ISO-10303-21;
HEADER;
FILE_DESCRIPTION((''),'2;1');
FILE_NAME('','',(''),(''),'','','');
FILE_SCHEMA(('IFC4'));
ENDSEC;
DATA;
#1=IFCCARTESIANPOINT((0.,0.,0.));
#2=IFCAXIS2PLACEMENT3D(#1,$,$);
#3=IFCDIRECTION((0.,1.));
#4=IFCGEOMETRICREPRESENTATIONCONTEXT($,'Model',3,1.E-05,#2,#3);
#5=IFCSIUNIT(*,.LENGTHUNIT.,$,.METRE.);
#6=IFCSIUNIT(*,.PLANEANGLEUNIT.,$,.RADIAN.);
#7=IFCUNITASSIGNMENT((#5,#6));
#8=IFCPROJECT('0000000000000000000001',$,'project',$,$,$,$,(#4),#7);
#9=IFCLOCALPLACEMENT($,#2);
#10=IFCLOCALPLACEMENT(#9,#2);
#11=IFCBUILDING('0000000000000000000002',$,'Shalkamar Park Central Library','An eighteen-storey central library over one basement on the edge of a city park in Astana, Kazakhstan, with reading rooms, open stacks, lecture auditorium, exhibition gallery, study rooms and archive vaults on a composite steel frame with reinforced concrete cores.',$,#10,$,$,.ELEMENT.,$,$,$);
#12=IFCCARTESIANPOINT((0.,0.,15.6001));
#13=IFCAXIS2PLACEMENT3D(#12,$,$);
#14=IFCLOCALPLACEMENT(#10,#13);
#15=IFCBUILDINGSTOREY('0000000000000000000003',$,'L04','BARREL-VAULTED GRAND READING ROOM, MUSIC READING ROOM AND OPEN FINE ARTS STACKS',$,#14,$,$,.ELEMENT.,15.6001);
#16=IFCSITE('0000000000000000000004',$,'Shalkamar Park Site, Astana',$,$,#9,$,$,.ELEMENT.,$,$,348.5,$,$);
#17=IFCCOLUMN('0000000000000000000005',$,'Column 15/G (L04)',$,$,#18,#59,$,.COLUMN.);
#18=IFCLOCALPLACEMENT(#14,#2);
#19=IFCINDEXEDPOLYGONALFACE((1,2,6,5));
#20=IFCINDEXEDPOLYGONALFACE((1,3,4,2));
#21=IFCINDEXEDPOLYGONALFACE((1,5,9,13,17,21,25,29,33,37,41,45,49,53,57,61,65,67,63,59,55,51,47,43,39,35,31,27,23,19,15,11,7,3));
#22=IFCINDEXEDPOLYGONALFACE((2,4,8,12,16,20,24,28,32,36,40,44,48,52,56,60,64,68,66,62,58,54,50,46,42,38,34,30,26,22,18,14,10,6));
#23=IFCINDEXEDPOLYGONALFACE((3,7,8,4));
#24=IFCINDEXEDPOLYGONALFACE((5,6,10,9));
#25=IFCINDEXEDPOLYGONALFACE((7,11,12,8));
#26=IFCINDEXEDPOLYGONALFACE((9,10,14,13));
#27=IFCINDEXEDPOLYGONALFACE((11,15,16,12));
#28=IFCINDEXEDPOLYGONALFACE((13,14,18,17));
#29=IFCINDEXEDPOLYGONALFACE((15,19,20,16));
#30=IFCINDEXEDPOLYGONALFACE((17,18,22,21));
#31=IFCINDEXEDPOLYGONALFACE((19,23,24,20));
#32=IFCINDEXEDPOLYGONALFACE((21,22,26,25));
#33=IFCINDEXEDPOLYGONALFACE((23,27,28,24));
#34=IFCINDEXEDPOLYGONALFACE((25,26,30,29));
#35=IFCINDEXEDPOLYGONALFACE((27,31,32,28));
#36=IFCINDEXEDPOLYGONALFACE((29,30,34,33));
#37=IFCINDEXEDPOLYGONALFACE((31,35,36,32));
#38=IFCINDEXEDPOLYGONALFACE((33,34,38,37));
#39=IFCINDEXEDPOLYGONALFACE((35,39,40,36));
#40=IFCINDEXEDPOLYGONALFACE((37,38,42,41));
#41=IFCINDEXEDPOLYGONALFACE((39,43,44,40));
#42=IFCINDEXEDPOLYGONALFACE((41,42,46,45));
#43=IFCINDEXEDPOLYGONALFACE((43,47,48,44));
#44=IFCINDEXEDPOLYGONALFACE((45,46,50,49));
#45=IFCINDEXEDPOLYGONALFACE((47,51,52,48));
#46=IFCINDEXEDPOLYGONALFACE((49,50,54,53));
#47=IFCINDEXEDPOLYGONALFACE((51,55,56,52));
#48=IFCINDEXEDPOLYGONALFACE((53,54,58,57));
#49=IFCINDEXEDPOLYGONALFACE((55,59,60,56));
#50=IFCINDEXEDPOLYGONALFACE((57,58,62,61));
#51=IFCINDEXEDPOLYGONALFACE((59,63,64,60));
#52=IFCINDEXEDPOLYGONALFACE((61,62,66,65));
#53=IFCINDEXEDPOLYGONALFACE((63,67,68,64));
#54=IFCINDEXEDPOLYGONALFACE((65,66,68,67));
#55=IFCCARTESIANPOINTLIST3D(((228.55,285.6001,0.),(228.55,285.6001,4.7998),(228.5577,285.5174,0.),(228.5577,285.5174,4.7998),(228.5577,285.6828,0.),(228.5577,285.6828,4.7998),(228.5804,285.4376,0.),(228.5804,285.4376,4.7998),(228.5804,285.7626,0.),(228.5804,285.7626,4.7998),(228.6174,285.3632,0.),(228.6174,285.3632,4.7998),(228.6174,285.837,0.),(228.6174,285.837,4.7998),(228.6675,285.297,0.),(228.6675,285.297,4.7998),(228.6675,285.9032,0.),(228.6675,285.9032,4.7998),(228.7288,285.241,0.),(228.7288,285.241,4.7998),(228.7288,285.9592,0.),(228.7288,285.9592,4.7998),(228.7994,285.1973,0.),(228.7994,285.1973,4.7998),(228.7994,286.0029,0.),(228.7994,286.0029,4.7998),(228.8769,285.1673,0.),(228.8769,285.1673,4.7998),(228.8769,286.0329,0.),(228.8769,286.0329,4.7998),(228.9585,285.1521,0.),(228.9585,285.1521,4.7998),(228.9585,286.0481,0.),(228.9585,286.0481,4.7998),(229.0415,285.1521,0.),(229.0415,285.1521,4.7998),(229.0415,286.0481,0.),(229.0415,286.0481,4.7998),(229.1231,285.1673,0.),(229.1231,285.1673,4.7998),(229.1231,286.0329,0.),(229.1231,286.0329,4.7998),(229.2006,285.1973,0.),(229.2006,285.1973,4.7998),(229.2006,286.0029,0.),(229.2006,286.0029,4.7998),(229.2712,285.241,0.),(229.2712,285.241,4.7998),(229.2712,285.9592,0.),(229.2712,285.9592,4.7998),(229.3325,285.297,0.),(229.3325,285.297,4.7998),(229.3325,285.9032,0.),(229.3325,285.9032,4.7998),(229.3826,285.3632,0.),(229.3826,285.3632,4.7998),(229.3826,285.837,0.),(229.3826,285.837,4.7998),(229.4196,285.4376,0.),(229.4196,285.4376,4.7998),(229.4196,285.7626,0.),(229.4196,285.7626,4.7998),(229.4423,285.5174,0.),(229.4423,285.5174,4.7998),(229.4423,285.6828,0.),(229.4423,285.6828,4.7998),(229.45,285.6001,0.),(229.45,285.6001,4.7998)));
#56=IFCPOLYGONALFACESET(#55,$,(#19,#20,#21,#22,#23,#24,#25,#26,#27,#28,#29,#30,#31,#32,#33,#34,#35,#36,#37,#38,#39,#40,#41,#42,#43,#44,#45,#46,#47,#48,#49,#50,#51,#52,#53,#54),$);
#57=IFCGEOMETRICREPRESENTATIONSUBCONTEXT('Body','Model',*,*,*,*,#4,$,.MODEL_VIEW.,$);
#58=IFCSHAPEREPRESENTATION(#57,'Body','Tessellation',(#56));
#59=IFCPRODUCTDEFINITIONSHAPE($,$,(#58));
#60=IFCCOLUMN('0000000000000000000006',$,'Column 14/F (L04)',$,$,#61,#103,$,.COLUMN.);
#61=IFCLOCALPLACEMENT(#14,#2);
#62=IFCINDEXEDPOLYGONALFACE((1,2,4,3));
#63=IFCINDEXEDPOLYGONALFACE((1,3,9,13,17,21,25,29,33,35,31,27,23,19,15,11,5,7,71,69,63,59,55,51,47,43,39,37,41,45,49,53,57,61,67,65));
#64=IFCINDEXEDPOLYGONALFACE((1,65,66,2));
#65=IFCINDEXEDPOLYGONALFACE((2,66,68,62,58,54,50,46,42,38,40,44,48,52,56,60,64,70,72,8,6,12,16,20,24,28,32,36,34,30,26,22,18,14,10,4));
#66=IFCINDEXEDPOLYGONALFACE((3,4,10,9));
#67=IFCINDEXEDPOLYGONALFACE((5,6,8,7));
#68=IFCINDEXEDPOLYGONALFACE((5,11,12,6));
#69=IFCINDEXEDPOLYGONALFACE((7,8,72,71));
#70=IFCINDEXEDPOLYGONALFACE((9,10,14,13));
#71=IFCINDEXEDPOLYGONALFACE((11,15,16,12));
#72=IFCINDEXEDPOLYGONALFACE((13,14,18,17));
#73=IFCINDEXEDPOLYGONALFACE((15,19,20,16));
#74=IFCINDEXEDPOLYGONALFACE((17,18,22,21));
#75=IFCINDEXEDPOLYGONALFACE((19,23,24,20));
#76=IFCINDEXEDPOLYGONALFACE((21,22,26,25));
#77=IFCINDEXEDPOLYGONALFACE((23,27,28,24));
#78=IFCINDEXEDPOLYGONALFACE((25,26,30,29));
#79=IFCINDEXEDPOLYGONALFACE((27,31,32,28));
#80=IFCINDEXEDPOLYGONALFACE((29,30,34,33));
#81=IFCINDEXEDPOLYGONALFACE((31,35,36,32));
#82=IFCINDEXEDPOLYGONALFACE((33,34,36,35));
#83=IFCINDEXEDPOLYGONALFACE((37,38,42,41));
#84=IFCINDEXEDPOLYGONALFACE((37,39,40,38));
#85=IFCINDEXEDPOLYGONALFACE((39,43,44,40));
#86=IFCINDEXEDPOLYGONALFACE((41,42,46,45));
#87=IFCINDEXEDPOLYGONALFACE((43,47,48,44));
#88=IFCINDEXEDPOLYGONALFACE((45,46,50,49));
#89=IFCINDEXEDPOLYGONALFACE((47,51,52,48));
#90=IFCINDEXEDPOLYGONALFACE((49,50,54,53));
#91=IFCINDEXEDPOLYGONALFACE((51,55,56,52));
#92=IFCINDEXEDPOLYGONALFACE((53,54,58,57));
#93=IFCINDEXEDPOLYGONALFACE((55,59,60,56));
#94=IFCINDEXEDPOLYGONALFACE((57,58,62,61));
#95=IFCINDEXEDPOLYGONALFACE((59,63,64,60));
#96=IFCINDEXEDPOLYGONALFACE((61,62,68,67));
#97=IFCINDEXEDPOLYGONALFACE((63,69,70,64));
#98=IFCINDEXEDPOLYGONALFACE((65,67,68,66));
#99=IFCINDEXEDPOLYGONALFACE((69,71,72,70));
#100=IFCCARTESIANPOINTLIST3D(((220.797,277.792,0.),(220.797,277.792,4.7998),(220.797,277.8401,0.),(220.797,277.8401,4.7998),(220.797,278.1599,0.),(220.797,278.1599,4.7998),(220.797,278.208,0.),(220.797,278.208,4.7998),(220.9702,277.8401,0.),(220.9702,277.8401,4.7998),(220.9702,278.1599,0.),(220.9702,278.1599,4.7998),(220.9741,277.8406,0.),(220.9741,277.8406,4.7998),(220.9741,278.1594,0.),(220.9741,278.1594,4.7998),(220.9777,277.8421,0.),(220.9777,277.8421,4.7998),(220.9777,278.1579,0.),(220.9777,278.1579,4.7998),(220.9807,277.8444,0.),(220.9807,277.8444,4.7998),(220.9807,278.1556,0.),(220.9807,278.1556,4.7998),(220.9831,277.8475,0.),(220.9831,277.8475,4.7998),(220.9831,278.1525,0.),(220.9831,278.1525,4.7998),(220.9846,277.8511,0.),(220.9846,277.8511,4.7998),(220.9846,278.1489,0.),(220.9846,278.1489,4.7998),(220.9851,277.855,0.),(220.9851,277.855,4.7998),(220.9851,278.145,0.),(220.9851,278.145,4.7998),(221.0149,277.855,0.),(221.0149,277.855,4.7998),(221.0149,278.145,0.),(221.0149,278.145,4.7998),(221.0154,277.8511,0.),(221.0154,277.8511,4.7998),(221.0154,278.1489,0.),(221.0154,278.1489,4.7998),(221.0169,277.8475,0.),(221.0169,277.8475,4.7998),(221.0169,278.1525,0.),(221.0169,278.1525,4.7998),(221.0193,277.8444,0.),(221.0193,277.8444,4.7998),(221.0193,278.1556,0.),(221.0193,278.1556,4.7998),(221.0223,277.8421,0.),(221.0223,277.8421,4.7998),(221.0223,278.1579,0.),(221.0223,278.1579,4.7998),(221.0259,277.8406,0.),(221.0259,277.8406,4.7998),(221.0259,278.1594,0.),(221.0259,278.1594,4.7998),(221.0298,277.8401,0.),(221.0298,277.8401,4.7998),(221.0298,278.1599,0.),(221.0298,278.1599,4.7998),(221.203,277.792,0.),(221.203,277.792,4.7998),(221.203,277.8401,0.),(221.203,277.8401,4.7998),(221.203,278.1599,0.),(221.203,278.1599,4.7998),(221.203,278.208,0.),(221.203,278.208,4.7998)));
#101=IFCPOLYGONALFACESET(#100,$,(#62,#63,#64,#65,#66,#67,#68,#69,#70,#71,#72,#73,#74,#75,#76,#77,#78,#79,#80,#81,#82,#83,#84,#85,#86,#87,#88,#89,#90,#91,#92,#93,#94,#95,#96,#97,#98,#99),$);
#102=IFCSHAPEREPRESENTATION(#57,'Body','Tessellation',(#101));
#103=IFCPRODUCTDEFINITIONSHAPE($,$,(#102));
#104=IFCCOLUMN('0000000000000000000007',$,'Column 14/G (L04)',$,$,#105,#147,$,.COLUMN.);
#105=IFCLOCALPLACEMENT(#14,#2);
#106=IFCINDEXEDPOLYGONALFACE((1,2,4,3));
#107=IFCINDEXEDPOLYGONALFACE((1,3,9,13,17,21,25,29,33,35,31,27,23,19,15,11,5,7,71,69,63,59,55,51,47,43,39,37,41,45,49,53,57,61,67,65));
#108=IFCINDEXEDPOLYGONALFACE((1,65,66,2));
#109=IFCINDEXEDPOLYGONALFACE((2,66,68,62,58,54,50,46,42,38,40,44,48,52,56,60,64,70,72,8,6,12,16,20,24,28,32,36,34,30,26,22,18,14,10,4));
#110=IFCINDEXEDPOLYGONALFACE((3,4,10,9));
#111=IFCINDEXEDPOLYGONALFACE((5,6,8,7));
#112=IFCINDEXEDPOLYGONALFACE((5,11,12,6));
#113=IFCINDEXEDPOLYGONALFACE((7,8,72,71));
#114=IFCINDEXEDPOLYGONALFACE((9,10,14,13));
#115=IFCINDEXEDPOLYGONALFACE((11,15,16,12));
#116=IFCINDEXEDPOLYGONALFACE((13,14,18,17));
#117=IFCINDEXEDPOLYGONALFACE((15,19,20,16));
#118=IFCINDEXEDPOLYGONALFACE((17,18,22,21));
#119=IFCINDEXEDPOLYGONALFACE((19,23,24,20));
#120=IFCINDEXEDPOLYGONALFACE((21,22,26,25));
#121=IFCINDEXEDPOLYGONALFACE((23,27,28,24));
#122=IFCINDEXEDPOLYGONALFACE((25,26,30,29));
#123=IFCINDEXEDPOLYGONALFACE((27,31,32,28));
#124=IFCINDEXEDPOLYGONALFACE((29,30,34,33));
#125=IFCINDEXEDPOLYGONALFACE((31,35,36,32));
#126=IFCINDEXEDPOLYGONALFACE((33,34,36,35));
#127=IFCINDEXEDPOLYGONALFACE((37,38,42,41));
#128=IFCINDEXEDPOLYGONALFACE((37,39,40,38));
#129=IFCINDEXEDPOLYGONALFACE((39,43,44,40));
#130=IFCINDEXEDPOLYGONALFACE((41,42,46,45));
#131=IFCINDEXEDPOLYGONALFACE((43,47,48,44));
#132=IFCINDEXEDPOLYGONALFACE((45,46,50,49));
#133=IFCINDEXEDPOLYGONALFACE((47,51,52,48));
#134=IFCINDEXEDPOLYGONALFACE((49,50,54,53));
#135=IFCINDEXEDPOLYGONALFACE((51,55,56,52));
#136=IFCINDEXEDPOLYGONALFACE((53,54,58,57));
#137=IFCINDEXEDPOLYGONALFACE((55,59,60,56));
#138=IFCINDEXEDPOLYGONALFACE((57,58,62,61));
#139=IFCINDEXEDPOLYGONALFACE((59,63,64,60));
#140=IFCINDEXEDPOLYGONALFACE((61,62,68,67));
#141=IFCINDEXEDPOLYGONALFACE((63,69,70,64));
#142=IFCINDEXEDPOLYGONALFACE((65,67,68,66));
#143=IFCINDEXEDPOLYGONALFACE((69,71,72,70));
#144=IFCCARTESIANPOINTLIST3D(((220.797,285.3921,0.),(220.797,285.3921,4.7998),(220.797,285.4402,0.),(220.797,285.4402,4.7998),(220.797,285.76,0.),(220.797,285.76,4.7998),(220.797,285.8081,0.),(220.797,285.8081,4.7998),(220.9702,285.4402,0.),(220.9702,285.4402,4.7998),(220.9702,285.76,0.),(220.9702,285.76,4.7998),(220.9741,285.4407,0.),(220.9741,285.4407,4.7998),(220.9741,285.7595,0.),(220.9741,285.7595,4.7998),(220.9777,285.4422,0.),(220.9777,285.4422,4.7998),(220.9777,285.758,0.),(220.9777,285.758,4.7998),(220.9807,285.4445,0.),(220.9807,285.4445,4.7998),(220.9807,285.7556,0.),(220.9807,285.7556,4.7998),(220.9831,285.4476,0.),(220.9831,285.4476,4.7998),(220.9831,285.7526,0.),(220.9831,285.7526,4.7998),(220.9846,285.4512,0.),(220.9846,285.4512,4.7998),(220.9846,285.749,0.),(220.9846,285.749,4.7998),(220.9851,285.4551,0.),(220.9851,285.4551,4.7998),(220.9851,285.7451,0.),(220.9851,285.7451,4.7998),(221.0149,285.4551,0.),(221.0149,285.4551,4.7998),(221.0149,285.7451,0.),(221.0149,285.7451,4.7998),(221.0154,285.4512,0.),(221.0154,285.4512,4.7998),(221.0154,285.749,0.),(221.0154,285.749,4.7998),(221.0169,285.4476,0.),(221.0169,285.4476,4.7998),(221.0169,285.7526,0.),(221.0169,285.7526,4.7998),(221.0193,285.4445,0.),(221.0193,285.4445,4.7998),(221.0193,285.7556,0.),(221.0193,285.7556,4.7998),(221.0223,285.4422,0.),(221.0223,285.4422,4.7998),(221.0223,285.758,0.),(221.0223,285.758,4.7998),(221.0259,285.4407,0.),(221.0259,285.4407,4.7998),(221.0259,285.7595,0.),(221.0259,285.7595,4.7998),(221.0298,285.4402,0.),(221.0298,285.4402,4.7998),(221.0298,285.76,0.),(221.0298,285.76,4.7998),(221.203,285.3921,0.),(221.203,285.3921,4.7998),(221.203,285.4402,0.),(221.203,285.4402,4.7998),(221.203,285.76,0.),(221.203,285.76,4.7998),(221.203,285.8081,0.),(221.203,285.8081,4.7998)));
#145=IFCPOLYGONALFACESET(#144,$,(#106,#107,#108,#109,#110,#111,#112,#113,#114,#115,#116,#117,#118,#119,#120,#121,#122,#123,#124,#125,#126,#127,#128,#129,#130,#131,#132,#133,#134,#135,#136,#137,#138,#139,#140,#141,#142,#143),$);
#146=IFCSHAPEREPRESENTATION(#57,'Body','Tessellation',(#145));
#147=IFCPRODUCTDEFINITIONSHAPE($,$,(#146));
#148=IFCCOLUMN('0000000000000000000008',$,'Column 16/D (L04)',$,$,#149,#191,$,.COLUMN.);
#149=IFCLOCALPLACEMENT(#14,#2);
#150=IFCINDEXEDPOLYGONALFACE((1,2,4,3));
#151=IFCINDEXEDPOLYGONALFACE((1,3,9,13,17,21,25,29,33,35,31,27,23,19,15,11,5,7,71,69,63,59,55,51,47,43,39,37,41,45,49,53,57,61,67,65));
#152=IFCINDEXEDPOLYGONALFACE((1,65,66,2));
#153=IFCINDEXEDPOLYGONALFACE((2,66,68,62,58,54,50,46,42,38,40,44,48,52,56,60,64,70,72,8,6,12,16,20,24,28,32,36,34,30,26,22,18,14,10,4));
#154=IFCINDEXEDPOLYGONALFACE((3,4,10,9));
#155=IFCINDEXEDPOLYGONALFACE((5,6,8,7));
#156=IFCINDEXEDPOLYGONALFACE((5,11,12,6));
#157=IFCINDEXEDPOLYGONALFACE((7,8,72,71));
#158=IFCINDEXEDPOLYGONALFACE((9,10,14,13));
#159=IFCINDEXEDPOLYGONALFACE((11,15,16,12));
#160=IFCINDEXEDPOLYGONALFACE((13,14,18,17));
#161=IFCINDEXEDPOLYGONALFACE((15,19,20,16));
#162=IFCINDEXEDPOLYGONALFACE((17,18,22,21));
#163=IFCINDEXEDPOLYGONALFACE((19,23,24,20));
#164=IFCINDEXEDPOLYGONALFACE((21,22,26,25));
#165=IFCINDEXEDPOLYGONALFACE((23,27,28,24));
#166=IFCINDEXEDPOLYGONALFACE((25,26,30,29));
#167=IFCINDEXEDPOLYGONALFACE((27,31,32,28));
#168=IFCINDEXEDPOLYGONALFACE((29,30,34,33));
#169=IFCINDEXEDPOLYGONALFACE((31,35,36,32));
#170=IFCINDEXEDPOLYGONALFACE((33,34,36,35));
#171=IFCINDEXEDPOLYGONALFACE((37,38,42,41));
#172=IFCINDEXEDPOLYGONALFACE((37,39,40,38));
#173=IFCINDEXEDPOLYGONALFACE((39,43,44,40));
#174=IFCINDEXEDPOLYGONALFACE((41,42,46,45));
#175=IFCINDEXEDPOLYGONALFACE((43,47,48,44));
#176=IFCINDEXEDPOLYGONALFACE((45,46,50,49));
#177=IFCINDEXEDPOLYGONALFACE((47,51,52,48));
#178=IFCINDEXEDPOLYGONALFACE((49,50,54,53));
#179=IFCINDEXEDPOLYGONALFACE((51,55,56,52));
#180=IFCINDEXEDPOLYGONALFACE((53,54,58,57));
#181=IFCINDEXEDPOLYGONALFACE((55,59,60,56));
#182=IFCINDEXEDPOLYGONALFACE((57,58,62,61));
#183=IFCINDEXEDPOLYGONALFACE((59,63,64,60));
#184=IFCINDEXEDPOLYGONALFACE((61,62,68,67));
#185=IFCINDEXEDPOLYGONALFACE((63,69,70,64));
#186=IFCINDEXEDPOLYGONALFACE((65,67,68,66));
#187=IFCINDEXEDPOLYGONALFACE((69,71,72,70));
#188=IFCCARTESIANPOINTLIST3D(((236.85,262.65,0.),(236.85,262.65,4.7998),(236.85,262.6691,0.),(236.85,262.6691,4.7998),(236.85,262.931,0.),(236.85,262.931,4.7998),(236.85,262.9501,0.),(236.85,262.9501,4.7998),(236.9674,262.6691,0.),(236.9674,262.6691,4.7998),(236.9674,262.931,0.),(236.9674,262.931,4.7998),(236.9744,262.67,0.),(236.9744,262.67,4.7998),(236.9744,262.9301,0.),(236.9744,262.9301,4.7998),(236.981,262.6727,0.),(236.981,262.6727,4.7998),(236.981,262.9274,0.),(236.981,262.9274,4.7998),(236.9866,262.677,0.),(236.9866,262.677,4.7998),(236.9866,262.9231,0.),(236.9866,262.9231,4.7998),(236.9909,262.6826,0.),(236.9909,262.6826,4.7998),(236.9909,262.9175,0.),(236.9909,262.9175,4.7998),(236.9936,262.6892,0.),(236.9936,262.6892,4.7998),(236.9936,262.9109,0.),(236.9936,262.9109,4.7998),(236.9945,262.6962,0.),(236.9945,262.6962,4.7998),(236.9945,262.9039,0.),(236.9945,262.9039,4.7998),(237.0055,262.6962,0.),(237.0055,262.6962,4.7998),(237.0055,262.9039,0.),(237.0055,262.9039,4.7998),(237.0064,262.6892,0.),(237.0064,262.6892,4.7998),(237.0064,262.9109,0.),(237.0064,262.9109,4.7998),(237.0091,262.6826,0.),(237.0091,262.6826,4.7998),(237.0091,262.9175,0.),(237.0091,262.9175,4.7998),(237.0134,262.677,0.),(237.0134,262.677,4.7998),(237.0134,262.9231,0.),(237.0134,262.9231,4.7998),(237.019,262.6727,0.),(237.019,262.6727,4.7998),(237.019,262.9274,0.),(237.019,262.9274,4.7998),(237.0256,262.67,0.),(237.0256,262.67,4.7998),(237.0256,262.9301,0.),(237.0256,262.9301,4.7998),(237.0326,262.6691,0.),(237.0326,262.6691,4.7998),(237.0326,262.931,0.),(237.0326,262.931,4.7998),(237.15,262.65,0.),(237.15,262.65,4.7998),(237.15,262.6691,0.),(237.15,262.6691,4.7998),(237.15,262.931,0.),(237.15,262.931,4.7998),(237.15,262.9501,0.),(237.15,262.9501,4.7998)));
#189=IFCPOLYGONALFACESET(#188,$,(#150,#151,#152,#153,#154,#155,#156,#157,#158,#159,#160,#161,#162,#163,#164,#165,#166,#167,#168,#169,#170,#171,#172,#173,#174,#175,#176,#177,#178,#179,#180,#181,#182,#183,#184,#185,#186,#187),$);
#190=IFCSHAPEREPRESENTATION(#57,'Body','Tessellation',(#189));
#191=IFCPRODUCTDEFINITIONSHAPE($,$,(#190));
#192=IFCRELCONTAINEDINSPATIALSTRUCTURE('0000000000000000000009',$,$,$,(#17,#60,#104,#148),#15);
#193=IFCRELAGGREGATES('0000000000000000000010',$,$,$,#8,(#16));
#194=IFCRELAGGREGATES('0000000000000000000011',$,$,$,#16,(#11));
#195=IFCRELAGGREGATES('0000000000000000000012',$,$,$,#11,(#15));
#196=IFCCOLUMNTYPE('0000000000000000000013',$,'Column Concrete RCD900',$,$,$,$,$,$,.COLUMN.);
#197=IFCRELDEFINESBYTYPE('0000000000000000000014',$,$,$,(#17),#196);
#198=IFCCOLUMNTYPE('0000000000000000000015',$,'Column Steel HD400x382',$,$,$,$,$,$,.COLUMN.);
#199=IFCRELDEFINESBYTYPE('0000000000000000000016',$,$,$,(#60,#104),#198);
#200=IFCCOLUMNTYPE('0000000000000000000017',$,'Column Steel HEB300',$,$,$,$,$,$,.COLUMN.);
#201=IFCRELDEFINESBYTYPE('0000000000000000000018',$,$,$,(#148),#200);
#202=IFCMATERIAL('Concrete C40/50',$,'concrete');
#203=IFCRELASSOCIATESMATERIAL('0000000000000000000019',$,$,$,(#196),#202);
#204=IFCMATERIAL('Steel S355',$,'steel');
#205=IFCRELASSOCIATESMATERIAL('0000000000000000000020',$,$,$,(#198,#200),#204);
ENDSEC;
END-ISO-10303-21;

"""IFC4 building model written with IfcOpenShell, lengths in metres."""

from ifc_helpers import new_model, si_unit, direction, frame, origin, origin_2d, place, context, subcontext, project, spatial, circle, i_section, extrude, material, material_profile, profile_set, type_object, element, save


model = new_model("IFC4")

# Units and contexts
model_context = context("Model", 3, precision=1e-05, world=origin(), true_north=direction((0.0, 1.0)))
body_context = subcontext(model_context, "Body", "Model", "MODEL_VIEW")
ifc_project = project(units=[si_unit("LENGTHUNIT", "METRE"), si_unit("PLANEANGLEUNIT", "RADIAN")], contexts=[model_context])

# Site, building, storey
site_placement = place(None, origin())
site = spatial("IfcSite", under=ifc_project, at=site_placement, Name="Shalkamar Park Site, Astana", CompositionType="ELEMENT", RefElevation=348.5)
building_placement = place(site_placement, origin())
building = spatial("IfcBuilding", under=site, at=building_placement, Name="Shalkamar Park Central Library", Description="An eighteen-storey central library over one basement on the edge of a city park in Astana, Kazakhstan, with reading rooms, open stacks, lecture auditorium, exhibition gallery, study rooms and archive vaults on a composite steel frame with reinforced concrete cores.", CompositionType="ELEMENT")
storey_placement = place(building_placement, frame((0.0, 0.0, 15.6001)))
storey = spatial("IfcBuildingStorey", under=building, at=storey_placement, Name="L04", Description="BARREL-VAULTED GRAND READING ROOM, MUSIC READING ROOM AND OPEN FINE ARTS STACKS", CompositionType="ELEMENT", Elevation=15.6001)

# Columns
ifc_material_1 = material(Name="Concrete C40/50", Category="concrete")
ifc_material_profile_1 = material_profile(ifc_material_1, circle(Radius=0.45, at=origin_2d()), Name="RC D900")
ifc_profile_set_1 = profile_set([ifc_material_profile_1], Name="Concrete C40/50")
column_type_1 = type_object("IfcColumnType", Name="Column Concrete RCD900", PredefinedType="COLUMN", material=ifc_profile_set_1)
column_1_placement = place(storey_placement, frame((229.0, 285.6001, 0.0), z_axis=(0.0, 0.0, 1.0), x_axis=(1.0, 0.0, 0.0)))
element("IfcColumn", 1, at=column_1_placement, inside=storey, type_object=column_type_1, Name="Column 15/G (L04)", PredefinedType="COLUMN", context=body_context, shape_type="SweptSolid", body=[
    extrude(circle(Radius=0.45, at=origin_2d()), origin(), (0.0, 0.0, 1.0), 4.7998),
])
ifc_material_2 = material(Name="Steel S355", Category="steel")
ifc_material_profile_2 = material_profile(ifc_material_2, i_section(OverallWidth=0.406, OverallDepth=0.416, WebThickness=0.0298, FlangeThickness=0.0481, FilletRadius=0.0149, at=origin_2d()), Name="HD 400x382")
ifc_profile_set_2 = profile_set([ifc_material_profile_2], Name="Steel S355")
column_type_2 = type_object("IfcColumnType", Name="Column Steel HD400x382", PredefinedType="COLUMN", material=ifc_profile_set_2)
for number, where, z_axis, x_axis, name in (
    (2, (221.0, 278.0, 0.0), (0.0, 0.0, 1.0), (1.0, 0.0, 0.0), "Column 14/F (L04)"),
    (3, (221.0, 285.6001, 0.0), (0.0, 0.0, 1.0), (1.0, 0.0, 0.0), "Column 14/G (L04)"),
):
    element("IfcColumn", number, at=place(storey_placement, frame(where, z_axis=z_axis, x_axis=x_axis)), inside=storey, type_object=column_type_2, Name=name, PredefinedType="COLUMN", context=body_context, shape_type="SweptSolid", body=[
        extrude(i_section(OverallWidth=0.406, OverallDepth=0.416, WebThickness=0.0298, FlangeThickness=0.0481, FilletRadius=0.0149, at=origin_2d()), origin(), (0.0, 0.0, 1.0), 4.7998),
    ])
ifc_material_profile_3 = material_profile(ifc_material_2, i_section(OverallWidth=0.3, OverallDepth=0.3, WebThickness=0.011, FlangeThickness=0.019, FilletRadius=0.0271, at=origin_2d()), Name="HEB 300")
ifc_profile_set_3 = profile_set([ifc_material_profile_3], Name="Steel S355")
column_type_3 = type_object("IfcColumnType", Name="Column Steel HEB300", PredefinedType="COLUMN", material=ifc_profile_set_3)
for number, where, z_axis, x_axis, name in (
    (4, (237.0, 262.8, 0.0), (0.0, 0.0, 1.0), (1.0, 0.0, 0.0), "Column 16/D (L04)"),
):
    element("IfcColumn", number, at=place(storey_placement, frame(where, z_axis=z_axis, x_axis=x_axis)), inside=storey, type_object=column_type_3, Name=name, PredefinedType="COLUMN", context=body_context, shape_type="SweptSolid", body=[
        extrude(i_section(OverallWidth=0.3, OverallDepth=0.3, WebThickness=0.011, FlangeThickness=0.019, FilletRadius=0.0271, at=origin_2d()), origin(), (0.0, 0.0, 1.0), 4.7998),
    ])

save(model, "model.ifc")
